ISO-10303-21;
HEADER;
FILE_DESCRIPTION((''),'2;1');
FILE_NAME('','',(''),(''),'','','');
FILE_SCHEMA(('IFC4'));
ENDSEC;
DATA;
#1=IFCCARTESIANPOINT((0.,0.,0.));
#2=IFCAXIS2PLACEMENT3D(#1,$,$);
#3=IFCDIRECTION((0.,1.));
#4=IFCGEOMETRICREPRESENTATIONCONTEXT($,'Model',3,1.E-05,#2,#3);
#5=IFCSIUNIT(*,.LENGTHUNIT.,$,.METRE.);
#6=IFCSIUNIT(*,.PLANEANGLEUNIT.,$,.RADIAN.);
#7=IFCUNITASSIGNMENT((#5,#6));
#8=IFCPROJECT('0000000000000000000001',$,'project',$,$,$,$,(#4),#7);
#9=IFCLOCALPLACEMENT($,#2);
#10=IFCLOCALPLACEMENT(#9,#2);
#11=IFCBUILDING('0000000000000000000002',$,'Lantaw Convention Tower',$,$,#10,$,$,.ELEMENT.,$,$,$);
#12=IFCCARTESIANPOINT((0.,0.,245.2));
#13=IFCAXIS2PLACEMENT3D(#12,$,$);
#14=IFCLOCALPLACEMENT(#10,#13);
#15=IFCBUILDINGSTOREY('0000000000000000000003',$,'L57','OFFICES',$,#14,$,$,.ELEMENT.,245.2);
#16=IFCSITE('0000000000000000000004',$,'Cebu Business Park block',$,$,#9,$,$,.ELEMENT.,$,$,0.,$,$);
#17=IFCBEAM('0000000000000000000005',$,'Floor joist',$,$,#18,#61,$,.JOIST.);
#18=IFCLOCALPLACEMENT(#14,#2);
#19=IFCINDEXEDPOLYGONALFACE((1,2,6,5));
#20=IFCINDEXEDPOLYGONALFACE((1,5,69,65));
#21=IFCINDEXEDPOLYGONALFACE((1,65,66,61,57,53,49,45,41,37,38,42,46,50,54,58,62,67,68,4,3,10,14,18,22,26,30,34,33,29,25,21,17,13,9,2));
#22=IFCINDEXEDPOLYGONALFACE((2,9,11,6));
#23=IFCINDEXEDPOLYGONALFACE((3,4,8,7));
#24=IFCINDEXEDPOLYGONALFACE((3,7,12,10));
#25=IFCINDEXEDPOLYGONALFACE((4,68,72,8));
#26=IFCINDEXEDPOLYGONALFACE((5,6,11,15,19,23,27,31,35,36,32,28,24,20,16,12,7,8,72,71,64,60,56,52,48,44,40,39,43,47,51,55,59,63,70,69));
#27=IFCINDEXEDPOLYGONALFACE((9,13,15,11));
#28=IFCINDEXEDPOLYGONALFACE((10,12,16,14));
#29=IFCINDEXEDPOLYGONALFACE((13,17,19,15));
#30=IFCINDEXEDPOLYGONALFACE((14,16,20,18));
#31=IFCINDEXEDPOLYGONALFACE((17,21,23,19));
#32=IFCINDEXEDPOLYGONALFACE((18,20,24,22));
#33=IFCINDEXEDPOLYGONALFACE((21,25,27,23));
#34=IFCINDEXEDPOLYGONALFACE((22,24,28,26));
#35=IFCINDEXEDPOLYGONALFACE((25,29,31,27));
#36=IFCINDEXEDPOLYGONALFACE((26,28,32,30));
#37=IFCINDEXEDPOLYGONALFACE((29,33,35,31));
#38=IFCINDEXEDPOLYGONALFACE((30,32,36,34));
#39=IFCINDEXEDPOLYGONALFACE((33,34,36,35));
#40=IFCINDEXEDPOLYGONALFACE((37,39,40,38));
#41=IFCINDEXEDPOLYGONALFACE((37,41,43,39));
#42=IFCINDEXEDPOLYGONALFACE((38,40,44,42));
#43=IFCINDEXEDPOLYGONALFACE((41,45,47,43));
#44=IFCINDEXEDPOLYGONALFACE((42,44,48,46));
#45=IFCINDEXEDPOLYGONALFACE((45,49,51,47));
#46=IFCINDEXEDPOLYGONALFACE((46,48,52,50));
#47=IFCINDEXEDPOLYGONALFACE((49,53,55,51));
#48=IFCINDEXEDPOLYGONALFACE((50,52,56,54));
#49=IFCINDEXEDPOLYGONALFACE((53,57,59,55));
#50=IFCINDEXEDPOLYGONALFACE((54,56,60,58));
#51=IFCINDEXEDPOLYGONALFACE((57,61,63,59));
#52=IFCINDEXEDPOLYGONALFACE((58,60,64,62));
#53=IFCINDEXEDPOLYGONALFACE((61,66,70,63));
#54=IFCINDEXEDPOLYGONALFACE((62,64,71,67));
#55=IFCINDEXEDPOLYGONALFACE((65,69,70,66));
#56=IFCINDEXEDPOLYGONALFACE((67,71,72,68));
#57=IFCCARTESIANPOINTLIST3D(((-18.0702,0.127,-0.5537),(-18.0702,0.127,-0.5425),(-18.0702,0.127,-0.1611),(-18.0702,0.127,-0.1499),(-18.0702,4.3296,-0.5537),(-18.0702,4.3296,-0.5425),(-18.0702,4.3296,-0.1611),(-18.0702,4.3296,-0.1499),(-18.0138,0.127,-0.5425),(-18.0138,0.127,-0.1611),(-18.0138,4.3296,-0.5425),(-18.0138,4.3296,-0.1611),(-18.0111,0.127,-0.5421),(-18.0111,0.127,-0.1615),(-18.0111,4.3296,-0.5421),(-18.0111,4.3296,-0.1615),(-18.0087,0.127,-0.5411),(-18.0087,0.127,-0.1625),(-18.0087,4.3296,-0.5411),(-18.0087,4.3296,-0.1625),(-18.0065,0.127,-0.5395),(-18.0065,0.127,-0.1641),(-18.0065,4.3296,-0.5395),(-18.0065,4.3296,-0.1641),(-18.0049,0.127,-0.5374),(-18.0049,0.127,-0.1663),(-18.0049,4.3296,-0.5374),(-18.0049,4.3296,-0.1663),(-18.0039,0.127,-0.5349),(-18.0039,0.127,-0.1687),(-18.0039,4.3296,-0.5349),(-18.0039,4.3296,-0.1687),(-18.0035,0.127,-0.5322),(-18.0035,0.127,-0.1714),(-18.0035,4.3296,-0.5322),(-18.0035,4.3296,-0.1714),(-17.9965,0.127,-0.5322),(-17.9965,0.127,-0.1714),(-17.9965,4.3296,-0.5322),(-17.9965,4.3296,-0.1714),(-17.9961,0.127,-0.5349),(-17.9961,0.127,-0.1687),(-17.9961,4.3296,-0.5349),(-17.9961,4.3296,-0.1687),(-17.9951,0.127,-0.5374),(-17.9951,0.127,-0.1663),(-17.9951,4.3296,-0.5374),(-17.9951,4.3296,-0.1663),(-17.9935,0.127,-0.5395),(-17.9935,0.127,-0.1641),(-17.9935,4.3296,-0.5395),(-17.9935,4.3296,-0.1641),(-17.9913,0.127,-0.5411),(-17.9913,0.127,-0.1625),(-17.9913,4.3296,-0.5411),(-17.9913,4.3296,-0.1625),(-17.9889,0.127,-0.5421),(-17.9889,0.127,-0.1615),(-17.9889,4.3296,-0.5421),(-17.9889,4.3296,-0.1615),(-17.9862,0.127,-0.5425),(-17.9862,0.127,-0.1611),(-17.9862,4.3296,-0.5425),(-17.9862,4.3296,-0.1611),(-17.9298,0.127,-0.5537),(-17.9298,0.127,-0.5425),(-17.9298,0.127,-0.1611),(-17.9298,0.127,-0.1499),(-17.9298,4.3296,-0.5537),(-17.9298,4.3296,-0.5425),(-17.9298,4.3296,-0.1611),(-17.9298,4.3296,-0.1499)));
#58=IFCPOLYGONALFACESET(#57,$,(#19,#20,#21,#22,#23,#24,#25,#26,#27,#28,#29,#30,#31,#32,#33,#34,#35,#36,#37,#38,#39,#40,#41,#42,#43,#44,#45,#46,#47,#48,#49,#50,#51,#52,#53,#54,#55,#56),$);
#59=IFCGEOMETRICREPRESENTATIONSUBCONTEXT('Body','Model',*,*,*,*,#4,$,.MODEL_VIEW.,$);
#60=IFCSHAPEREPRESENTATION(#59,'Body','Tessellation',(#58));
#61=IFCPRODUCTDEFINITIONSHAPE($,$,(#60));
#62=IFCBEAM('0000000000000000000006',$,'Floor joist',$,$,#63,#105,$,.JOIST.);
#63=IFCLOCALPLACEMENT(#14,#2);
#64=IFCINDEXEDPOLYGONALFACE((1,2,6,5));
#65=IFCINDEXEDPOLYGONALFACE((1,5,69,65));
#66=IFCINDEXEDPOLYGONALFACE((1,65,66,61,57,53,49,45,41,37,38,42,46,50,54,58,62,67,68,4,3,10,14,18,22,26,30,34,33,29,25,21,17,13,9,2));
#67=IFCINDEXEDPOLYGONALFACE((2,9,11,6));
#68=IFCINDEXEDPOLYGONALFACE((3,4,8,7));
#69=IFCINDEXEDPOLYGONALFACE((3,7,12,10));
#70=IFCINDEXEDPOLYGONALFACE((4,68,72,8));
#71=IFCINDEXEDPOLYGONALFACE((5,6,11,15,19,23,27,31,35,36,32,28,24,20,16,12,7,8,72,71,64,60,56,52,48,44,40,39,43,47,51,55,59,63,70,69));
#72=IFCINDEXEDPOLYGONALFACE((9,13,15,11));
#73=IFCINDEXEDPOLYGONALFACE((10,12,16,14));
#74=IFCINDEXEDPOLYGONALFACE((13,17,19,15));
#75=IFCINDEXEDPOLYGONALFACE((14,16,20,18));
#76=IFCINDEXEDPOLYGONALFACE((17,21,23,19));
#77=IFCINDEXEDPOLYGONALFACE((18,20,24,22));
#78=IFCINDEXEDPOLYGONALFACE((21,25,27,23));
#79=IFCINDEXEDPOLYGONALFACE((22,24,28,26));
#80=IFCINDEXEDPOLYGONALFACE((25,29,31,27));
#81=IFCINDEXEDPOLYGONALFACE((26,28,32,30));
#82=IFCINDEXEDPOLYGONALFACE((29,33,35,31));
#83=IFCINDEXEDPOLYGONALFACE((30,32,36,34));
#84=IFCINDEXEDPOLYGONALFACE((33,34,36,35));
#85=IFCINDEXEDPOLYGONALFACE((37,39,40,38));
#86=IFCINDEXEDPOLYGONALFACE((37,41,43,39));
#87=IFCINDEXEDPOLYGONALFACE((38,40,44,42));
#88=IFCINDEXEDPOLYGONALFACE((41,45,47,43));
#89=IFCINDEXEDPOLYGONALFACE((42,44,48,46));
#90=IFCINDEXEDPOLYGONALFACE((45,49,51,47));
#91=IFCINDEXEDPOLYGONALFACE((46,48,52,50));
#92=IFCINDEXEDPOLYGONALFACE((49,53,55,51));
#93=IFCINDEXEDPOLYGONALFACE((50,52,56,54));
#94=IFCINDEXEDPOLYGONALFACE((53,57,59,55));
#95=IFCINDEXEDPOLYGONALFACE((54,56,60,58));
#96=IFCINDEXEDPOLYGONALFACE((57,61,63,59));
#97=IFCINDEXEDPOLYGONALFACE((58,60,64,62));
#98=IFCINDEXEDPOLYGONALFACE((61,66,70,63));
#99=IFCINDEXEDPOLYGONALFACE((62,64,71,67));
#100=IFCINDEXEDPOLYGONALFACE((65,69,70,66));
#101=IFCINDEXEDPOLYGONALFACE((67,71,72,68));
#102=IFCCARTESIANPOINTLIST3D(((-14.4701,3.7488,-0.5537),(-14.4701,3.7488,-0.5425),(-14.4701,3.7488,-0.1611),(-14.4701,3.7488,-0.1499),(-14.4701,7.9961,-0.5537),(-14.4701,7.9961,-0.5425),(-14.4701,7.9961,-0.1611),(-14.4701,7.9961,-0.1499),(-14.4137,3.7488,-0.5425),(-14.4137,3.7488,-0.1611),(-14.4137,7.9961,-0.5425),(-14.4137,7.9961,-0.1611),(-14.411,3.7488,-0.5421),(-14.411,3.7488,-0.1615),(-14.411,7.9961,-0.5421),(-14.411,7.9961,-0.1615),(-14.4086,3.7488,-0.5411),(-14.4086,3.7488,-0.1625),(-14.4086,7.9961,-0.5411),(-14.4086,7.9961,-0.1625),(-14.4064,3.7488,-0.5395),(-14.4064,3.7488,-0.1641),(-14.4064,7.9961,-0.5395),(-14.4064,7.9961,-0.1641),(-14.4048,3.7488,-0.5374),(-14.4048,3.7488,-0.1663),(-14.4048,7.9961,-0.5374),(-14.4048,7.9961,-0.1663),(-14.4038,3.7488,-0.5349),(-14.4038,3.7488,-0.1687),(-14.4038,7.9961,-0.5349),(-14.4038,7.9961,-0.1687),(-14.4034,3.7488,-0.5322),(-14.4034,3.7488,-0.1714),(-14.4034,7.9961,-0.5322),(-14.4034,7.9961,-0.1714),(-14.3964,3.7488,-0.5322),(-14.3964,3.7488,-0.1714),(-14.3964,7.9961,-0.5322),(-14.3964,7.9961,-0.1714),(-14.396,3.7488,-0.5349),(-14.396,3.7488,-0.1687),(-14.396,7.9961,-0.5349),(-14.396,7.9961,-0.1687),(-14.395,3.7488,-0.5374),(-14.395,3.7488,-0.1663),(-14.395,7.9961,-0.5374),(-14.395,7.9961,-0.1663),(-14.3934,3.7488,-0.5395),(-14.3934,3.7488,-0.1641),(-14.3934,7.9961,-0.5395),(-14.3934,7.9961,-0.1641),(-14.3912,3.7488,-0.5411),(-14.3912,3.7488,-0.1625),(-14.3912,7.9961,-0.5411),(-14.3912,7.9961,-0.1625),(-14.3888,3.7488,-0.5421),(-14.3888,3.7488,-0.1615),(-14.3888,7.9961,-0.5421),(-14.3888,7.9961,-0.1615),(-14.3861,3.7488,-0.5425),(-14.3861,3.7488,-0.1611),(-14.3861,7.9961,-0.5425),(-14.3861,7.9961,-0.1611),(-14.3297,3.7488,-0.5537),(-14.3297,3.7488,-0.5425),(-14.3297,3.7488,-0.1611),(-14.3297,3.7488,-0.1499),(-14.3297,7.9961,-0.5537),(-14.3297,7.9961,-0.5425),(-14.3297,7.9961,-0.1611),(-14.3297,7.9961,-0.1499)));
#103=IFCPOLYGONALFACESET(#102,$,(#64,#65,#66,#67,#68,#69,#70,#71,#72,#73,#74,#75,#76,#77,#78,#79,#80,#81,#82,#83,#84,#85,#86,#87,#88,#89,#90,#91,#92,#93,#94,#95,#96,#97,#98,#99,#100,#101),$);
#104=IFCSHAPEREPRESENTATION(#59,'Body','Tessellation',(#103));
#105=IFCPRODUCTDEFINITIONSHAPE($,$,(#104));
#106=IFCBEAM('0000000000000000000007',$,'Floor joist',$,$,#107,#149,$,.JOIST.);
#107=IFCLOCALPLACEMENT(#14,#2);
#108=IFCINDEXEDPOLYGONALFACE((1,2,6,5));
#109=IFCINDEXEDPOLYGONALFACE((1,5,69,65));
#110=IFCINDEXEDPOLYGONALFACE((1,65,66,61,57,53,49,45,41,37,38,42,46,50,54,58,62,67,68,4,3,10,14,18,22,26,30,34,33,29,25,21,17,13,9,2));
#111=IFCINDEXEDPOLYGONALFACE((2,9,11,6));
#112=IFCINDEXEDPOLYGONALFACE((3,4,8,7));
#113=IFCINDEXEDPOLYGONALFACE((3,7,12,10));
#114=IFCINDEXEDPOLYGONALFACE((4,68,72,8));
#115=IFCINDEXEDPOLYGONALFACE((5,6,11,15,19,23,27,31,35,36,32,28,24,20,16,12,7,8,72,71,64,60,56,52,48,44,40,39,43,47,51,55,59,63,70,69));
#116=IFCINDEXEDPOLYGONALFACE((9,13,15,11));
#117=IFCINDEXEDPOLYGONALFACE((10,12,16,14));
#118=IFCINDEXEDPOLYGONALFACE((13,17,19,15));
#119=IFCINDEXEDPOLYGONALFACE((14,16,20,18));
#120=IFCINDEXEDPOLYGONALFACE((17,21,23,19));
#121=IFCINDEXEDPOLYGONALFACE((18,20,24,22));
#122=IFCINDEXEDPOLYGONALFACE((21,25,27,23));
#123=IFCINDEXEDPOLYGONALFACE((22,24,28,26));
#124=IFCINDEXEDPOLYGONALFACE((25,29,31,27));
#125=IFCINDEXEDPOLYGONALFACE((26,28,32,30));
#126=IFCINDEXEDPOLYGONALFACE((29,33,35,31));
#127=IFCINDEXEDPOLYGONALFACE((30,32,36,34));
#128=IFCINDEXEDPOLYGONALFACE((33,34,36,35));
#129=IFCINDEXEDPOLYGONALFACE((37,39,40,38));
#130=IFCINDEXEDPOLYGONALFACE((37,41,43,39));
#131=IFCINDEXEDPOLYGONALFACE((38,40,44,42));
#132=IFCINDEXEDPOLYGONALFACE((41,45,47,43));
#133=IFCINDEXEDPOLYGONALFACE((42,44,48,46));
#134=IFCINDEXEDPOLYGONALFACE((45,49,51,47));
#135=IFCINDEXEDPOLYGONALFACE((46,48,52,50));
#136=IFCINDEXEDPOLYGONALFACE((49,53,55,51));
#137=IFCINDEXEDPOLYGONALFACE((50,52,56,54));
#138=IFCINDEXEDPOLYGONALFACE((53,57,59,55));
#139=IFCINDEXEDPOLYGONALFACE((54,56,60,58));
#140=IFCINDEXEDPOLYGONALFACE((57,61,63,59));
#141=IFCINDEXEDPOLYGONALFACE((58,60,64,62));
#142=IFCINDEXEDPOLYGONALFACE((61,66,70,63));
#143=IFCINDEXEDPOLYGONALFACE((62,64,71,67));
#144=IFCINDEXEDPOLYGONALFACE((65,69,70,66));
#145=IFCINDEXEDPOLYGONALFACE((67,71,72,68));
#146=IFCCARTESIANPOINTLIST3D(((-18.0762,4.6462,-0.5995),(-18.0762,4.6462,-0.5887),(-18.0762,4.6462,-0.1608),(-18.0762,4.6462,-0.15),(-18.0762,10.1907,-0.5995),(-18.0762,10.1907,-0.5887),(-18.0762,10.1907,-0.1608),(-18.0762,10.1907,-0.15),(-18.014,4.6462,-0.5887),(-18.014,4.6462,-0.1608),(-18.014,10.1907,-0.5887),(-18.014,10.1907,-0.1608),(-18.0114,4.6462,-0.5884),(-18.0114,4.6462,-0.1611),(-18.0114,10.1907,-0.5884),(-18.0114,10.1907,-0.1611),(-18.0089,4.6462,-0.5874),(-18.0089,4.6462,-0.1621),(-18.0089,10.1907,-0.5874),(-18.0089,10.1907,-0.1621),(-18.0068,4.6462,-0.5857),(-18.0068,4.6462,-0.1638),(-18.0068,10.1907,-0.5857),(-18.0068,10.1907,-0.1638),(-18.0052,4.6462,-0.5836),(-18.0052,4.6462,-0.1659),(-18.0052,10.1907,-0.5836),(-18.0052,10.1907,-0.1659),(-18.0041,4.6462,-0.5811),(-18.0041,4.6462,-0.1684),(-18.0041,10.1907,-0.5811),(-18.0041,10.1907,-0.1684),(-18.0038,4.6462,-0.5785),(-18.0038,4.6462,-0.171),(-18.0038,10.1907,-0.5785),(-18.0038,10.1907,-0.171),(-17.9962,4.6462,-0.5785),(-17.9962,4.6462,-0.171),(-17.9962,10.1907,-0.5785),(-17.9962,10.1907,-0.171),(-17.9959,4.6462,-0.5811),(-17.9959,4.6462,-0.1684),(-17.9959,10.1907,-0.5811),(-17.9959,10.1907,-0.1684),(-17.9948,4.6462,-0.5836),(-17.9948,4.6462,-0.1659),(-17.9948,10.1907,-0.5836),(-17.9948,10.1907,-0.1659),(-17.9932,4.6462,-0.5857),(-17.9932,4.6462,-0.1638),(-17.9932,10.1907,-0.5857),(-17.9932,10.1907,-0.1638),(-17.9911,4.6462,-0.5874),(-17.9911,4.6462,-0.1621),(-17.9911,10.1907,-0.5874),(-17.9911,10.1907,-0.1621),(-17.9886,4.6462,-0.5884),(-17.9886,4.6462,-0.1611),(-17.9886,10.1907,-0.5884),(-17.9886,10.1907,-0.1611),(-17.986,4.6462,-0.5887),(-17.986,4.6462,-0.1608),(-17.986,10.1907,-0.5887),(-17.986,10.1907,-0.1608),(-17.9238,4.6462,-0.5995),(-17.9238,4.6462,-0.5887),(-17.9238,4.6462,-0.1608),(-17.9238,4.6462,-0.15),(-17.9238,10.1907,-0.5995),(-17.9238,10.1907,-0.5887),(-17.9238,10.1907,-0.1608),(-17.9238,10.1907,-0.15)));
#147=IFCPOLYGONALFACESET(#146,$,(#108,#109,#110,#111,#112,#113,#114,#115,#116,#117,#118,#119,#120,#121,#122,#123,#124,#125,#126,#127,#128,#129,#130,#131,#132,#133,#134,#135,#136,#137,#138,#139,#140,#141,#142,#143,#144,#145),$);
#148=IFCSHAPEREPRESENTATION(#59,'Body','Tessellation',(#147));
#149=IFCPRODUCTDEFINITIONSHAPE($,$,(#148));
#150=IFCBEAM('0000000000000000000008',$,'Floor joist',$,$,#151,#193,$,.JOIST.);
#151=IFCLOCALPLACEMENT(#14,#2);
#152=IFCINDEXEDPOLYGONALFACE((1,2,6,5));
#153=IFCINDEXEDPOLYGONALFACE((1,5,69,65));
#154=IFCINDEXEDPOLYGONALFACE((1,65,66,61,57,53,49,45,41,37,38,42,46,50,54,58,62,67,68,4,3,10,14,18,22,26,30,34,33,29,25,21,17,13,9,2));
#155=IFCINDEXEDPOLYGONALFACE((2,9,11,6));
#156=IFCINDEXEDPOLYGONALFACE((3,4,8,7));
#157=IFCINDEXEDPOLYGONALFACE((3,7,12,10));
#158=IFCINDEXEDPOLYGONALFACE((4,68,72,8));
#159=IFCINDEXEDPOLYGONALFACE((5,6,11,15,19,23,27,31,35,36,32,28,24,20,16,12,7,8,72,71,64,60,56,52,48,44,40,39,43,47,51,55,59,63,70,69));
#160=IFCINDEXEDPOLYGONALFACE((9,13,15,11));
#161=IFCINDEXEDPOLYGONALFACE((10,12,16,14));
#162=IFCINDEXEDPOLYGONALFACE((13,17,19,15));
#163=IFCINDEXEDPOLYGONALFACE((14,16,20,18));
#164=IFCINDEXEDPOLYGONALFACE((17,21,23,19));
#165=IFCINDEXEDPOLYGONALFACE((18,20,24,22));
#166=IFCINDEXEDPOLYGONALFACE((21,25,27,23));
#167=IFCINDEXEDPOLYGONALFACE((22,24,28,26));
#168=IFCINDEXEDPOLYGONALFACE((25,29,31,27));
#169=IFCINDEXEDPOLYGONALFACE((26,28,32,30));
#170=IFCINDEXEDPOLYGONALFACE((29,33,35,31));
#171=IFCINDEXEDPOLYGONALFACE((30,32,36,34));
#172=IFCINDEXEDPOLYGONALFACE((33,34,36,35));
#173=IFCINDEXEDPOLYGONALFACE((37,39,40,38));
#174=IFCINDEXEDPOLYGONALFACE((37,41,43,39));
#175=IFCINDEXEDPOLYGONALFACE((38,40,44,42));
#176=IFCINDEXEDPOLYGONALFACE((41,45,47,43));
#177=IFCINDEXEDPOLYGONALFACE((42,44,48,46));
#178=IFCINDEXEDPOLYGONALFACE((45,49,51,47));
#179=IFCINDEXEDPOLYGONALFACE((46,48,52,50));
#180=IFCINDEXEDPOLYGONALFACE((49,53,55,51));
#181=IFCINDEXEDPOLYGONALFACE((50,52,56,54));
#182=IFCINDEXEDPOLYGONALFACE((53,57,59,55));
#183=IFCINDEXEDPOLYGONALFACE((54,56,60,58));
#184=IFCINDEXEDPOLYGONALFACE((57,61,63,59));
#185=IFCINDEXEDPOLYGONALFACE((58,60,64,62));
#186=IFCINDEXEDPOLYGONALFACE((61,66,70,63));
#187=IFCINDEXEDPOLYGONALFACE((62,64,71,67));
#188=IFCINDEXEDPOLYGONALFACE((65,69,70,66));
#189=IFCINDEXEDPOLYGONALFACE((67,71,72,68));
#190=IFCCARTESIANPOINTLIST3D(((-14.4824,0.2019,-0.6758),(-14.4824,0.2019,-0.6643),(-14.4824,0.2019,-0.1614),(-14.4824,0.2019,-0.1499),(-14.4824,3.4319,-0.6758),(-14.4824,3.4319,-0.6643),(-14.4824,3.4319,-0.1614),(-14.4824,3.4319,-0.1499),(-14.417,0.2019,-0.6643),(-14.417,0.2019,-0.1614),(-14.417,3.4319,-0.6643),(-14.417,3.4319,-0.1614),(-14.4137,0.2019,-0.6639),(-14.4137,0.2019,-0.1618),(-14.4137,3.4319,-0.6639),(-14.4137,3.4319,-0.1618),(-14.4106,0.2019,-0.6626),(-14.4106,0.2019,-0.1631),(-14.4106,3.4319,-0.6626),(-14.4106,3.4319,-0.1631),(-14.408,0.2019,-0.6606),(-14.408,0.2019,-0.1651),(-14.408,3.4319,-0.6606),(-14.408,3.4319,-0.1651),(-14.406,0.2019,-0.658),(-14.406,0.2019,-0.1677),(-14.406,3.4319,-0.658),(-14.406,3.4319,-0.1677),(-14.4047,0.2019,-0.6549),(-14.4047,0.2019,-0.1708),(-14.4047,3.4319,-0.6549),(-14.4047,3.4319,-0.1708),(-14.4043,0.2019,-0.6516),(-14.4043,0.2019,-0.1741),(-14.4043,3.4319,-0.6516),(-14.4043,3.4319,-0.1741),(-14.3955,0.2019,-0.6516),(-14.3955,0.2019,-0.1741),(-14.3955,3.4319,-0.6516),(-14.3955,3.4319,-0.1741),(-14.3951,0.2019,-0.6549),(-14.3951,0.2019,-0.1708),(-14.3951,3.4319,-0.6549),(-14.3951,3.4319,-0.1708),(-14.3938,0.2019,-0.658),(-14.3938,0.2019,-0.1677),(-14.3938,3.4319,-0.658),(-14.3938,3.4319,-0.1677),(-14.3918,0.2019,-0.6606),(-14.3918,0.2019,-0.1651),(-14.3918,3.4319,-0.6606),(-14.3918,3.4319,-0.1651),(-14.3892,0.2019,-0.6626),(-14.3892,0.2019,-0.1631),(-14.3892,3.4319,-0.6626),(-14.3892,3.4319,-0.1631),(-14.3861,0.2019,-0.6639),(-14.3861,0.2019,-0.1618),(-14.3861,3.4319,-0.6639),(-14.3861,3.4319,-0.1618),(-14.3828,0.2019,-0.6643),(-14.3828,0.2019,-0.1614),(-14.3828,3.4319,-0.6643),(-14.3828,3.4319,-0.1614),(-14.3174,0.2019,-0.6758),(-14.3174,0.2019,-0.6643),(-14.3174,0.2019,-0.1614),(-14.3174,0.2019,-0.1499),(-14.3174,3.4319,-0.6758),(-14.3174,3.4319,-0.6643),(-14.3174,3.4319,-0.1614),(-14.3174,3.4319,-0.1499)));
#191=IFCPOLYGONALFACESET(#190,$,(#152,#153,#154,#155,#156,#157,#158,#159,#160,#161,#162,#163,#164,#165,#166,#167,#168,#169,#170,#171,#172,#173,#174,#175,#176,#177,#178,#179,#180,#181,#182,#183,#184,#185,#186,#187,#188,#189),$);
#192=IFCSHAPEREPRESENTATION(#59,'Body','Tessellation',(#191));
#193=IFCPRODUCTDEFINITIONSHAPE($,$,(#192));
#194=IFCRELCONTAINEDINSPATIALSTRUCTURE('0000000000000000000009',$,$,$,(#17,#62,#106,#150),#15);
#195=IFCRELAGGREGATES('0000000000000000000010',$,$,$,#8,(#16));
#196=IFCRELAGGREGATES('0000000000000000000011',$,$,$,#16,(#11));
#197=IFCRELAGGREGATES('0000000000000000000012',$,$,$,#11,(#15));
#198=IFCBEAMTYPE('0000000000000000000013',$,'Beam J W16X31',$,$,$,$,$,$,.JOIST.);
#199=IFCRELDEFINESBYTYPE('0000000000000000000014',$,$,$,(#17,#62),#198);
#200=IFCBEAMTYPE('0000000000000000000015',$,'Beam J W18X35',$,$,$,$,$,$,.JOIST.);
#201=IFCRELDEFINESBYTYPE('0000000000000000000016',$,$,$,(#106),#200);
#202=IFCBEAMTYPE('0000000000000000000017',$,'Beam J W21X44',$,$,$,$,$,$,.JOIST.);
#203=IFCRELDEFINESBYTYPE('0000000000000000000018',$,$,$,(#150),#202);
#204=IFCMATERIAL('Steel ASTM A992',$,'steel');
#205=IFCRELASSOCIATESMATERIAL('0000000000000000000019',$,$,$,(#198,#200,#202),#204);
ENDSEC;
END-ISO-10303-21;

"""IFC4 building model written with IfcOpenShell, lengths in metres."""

from ifc_helpers import new_model, si_unit, direction, frame, origin, origin_2d, place, context, subcontext, project, spatial, i_section, extrude, material, material_profile, profile_set, type_object, element, save


model = new_model("IFC4")

# Units and contexts
model_context = context("Model", 3, precision=1e-05, world=origin(), true_north=direction((0.0, 1.0)))
body_context = subcontext(model_context, "Body", "Model", "MODEL_VIEW")
ifc_project = project(units=[si_unit("LENGTHUNIT", "METRE"), si_unit("PLANEANGLEUNIT", "RADIAN")], contexts=[model_context])

# Site, building, storey
site_placement = place(None, origin())
site = spatial("IfcSite", under=ifc_project, at=site_placement, Name="Cebu Business Park block", CompositionType="ELEMENT", RefElevation=0.0)
building_placement = place(site_placement, origin())
building = spatial("IfcBuilding", under=site, at=building_placement, Name="Lantaw Convention Tower", CompositionType="ELEMENT")
storey_placement = place(building_placement, frame((0.0, 0.0, 245.2)))
storey = spatial("IfcBuildingStorey", under=building, at=storey_placement, Name="L57", Description="OFFICES", CompositionType="ELEMENT", Elevation=245.2)

# Beams
ifc_material_1 = material(Name="Steel ASTM A992", Category="steel")
ifc_material_profile_1 = material_profile(ifc_material_1, i_section(OverallWidth=0.1404, OverallDepth=0.4038, WebThickness=0.0071, FlangeThickness=0.0112, FilletRadius=0.0103, at=origin_2d()), Name="W16X31")
ifc_profile_set_1 = profile_set([ifc_material_profile_1], Name="Steel ASTM A992")
beam_type_1 = type_object("IfcBeamType", Name="Beam J W16X31", PredefinedType="JOIST", material=ifc_profile_set_1)
beam_1_placement = place(storey_placement, frame((-18.0, 0.127, -0.3518), z_axis=(0.0, 1.0, 0.0), x_axis=(-1.0, 0.0, 0.0)))
element("IfcBeam", 1, at=beam_1_placement, inside=storey, type_object=beam_type_1, Name="Floor joist", PredefinedType="JOIST", context=body_context, shape_type="SweptSolid", body=[
    extrude(i_section(OverallWidth=0.1404, OverallDepth=0.4038, WebThickness=0.0071, FlangeThickness=0.0112, FilletRadius=0.0103, at=origin_2d()), origin(), (0.0, 0.0, 1.0), 4.2026),
])
beam_2_placement = place(storey_placement, frame((-14.3999, 3.7488, -0.3518), z_axis=(0.0, 1.0, 0.0), x_axis=(-1.0, 0.0, 0.0)))
element("IfcBeam", 2, at=beam_2_placement, inside=storey, type_object=beam_type_1, Name="Floor joist", PredefinedType="JOIST", context=body_context, shape_type="SweptSolid", body=[
    extrude(i_section(OverallWidth=0.1404, OverallDepth=0.4038, WebThickness=0.0071, FlangeThickness=0.0112, FilletRadius=0.0103, at=origin_2d()), origin(), (0.0, 0.0, 1.0), 4.2473),
])
ifc_material_profile_2 = material_profile(ifc_material_1, i_section(OverallWidth=0.1523, OverallDepth=0.4495, WebThickness=0.0076, FlangeThickness=0.0107, FilletRadius=0.0103, at=origin_2d()), Name="W18X35")
ifc_profile_set_2 = profile_set([ifc_material_profile_2], Name="Steel ASTM A992")
beam_type_2 = type_object("IfcBeamType", Name="Beam J W18X35", PredefinedType="JOIST", material=ifc_profile_set_2)
beam_3_placement = place(storey_placement, frame((-18.0, 4.6462, -0.3748), z_axis=(0.0, 1.0, 0.0), x_axis=(-1.0, 0.0, 0.0)))
element("IfcBeam", 3, at=beam_3_placement, inside=storey, type_object=beam_type_2, Name="Floor joist", PredefinedType="JOIST", context=body_context, shape_type="SweptSolid", body=[
    extrude(i_section(OverallWidth=0.1523, OverallDepth=0.4495, WebThickness=0.0076, FlangeThickness=0.0107, FilletRadius=0.0103, at=origin_2d()), origin(), (0.0, 0.0, 1.0), 5.5444),
])
ifc_material_profile_3 = material_profile(ifc_material_1, i_section(OverallWidth=0.165, OverallDepth=0.5259, WebThickness=0.0088, FlangeThickness=0.0115, FilletRadius=0.0127, at=origin_2d()), Name="W21X44")
ifc_profile_set_3 = profile_set([ifc_material_profile_3], Name="Steel ASTM A992")
beam_type_3 = type_object("IfcBeamType", Name="Beam J W21X44", PredefinedType="JOIST", material=ifc_profile_set_3)
beam_4_placement = place(storey_placement, frame((-14.3999, 0.2019, -0.4128), z_axis=(0.0, 1.0, 0.0), x_axis=(-1.0, 0.0, 0.0)))
element("IfcBeam", 4, at=beam_4_placement, inside=storey, type_object=beam_type_3, Name="Floor joist", PredefinedType="JOIST", context=body_context, shape_type="SweptSolid", body=[
    extrude(i_section(OverallWidth=0.165, OverallDepth=0.5259, WebThickness=0.0088, FlangeThickness=0.0115, FilletRadius=0.0127, at=origin_2d()), origin(), (0.0, 0.0, 1.0), 3.23),
])

save(model, "model.ifc")
